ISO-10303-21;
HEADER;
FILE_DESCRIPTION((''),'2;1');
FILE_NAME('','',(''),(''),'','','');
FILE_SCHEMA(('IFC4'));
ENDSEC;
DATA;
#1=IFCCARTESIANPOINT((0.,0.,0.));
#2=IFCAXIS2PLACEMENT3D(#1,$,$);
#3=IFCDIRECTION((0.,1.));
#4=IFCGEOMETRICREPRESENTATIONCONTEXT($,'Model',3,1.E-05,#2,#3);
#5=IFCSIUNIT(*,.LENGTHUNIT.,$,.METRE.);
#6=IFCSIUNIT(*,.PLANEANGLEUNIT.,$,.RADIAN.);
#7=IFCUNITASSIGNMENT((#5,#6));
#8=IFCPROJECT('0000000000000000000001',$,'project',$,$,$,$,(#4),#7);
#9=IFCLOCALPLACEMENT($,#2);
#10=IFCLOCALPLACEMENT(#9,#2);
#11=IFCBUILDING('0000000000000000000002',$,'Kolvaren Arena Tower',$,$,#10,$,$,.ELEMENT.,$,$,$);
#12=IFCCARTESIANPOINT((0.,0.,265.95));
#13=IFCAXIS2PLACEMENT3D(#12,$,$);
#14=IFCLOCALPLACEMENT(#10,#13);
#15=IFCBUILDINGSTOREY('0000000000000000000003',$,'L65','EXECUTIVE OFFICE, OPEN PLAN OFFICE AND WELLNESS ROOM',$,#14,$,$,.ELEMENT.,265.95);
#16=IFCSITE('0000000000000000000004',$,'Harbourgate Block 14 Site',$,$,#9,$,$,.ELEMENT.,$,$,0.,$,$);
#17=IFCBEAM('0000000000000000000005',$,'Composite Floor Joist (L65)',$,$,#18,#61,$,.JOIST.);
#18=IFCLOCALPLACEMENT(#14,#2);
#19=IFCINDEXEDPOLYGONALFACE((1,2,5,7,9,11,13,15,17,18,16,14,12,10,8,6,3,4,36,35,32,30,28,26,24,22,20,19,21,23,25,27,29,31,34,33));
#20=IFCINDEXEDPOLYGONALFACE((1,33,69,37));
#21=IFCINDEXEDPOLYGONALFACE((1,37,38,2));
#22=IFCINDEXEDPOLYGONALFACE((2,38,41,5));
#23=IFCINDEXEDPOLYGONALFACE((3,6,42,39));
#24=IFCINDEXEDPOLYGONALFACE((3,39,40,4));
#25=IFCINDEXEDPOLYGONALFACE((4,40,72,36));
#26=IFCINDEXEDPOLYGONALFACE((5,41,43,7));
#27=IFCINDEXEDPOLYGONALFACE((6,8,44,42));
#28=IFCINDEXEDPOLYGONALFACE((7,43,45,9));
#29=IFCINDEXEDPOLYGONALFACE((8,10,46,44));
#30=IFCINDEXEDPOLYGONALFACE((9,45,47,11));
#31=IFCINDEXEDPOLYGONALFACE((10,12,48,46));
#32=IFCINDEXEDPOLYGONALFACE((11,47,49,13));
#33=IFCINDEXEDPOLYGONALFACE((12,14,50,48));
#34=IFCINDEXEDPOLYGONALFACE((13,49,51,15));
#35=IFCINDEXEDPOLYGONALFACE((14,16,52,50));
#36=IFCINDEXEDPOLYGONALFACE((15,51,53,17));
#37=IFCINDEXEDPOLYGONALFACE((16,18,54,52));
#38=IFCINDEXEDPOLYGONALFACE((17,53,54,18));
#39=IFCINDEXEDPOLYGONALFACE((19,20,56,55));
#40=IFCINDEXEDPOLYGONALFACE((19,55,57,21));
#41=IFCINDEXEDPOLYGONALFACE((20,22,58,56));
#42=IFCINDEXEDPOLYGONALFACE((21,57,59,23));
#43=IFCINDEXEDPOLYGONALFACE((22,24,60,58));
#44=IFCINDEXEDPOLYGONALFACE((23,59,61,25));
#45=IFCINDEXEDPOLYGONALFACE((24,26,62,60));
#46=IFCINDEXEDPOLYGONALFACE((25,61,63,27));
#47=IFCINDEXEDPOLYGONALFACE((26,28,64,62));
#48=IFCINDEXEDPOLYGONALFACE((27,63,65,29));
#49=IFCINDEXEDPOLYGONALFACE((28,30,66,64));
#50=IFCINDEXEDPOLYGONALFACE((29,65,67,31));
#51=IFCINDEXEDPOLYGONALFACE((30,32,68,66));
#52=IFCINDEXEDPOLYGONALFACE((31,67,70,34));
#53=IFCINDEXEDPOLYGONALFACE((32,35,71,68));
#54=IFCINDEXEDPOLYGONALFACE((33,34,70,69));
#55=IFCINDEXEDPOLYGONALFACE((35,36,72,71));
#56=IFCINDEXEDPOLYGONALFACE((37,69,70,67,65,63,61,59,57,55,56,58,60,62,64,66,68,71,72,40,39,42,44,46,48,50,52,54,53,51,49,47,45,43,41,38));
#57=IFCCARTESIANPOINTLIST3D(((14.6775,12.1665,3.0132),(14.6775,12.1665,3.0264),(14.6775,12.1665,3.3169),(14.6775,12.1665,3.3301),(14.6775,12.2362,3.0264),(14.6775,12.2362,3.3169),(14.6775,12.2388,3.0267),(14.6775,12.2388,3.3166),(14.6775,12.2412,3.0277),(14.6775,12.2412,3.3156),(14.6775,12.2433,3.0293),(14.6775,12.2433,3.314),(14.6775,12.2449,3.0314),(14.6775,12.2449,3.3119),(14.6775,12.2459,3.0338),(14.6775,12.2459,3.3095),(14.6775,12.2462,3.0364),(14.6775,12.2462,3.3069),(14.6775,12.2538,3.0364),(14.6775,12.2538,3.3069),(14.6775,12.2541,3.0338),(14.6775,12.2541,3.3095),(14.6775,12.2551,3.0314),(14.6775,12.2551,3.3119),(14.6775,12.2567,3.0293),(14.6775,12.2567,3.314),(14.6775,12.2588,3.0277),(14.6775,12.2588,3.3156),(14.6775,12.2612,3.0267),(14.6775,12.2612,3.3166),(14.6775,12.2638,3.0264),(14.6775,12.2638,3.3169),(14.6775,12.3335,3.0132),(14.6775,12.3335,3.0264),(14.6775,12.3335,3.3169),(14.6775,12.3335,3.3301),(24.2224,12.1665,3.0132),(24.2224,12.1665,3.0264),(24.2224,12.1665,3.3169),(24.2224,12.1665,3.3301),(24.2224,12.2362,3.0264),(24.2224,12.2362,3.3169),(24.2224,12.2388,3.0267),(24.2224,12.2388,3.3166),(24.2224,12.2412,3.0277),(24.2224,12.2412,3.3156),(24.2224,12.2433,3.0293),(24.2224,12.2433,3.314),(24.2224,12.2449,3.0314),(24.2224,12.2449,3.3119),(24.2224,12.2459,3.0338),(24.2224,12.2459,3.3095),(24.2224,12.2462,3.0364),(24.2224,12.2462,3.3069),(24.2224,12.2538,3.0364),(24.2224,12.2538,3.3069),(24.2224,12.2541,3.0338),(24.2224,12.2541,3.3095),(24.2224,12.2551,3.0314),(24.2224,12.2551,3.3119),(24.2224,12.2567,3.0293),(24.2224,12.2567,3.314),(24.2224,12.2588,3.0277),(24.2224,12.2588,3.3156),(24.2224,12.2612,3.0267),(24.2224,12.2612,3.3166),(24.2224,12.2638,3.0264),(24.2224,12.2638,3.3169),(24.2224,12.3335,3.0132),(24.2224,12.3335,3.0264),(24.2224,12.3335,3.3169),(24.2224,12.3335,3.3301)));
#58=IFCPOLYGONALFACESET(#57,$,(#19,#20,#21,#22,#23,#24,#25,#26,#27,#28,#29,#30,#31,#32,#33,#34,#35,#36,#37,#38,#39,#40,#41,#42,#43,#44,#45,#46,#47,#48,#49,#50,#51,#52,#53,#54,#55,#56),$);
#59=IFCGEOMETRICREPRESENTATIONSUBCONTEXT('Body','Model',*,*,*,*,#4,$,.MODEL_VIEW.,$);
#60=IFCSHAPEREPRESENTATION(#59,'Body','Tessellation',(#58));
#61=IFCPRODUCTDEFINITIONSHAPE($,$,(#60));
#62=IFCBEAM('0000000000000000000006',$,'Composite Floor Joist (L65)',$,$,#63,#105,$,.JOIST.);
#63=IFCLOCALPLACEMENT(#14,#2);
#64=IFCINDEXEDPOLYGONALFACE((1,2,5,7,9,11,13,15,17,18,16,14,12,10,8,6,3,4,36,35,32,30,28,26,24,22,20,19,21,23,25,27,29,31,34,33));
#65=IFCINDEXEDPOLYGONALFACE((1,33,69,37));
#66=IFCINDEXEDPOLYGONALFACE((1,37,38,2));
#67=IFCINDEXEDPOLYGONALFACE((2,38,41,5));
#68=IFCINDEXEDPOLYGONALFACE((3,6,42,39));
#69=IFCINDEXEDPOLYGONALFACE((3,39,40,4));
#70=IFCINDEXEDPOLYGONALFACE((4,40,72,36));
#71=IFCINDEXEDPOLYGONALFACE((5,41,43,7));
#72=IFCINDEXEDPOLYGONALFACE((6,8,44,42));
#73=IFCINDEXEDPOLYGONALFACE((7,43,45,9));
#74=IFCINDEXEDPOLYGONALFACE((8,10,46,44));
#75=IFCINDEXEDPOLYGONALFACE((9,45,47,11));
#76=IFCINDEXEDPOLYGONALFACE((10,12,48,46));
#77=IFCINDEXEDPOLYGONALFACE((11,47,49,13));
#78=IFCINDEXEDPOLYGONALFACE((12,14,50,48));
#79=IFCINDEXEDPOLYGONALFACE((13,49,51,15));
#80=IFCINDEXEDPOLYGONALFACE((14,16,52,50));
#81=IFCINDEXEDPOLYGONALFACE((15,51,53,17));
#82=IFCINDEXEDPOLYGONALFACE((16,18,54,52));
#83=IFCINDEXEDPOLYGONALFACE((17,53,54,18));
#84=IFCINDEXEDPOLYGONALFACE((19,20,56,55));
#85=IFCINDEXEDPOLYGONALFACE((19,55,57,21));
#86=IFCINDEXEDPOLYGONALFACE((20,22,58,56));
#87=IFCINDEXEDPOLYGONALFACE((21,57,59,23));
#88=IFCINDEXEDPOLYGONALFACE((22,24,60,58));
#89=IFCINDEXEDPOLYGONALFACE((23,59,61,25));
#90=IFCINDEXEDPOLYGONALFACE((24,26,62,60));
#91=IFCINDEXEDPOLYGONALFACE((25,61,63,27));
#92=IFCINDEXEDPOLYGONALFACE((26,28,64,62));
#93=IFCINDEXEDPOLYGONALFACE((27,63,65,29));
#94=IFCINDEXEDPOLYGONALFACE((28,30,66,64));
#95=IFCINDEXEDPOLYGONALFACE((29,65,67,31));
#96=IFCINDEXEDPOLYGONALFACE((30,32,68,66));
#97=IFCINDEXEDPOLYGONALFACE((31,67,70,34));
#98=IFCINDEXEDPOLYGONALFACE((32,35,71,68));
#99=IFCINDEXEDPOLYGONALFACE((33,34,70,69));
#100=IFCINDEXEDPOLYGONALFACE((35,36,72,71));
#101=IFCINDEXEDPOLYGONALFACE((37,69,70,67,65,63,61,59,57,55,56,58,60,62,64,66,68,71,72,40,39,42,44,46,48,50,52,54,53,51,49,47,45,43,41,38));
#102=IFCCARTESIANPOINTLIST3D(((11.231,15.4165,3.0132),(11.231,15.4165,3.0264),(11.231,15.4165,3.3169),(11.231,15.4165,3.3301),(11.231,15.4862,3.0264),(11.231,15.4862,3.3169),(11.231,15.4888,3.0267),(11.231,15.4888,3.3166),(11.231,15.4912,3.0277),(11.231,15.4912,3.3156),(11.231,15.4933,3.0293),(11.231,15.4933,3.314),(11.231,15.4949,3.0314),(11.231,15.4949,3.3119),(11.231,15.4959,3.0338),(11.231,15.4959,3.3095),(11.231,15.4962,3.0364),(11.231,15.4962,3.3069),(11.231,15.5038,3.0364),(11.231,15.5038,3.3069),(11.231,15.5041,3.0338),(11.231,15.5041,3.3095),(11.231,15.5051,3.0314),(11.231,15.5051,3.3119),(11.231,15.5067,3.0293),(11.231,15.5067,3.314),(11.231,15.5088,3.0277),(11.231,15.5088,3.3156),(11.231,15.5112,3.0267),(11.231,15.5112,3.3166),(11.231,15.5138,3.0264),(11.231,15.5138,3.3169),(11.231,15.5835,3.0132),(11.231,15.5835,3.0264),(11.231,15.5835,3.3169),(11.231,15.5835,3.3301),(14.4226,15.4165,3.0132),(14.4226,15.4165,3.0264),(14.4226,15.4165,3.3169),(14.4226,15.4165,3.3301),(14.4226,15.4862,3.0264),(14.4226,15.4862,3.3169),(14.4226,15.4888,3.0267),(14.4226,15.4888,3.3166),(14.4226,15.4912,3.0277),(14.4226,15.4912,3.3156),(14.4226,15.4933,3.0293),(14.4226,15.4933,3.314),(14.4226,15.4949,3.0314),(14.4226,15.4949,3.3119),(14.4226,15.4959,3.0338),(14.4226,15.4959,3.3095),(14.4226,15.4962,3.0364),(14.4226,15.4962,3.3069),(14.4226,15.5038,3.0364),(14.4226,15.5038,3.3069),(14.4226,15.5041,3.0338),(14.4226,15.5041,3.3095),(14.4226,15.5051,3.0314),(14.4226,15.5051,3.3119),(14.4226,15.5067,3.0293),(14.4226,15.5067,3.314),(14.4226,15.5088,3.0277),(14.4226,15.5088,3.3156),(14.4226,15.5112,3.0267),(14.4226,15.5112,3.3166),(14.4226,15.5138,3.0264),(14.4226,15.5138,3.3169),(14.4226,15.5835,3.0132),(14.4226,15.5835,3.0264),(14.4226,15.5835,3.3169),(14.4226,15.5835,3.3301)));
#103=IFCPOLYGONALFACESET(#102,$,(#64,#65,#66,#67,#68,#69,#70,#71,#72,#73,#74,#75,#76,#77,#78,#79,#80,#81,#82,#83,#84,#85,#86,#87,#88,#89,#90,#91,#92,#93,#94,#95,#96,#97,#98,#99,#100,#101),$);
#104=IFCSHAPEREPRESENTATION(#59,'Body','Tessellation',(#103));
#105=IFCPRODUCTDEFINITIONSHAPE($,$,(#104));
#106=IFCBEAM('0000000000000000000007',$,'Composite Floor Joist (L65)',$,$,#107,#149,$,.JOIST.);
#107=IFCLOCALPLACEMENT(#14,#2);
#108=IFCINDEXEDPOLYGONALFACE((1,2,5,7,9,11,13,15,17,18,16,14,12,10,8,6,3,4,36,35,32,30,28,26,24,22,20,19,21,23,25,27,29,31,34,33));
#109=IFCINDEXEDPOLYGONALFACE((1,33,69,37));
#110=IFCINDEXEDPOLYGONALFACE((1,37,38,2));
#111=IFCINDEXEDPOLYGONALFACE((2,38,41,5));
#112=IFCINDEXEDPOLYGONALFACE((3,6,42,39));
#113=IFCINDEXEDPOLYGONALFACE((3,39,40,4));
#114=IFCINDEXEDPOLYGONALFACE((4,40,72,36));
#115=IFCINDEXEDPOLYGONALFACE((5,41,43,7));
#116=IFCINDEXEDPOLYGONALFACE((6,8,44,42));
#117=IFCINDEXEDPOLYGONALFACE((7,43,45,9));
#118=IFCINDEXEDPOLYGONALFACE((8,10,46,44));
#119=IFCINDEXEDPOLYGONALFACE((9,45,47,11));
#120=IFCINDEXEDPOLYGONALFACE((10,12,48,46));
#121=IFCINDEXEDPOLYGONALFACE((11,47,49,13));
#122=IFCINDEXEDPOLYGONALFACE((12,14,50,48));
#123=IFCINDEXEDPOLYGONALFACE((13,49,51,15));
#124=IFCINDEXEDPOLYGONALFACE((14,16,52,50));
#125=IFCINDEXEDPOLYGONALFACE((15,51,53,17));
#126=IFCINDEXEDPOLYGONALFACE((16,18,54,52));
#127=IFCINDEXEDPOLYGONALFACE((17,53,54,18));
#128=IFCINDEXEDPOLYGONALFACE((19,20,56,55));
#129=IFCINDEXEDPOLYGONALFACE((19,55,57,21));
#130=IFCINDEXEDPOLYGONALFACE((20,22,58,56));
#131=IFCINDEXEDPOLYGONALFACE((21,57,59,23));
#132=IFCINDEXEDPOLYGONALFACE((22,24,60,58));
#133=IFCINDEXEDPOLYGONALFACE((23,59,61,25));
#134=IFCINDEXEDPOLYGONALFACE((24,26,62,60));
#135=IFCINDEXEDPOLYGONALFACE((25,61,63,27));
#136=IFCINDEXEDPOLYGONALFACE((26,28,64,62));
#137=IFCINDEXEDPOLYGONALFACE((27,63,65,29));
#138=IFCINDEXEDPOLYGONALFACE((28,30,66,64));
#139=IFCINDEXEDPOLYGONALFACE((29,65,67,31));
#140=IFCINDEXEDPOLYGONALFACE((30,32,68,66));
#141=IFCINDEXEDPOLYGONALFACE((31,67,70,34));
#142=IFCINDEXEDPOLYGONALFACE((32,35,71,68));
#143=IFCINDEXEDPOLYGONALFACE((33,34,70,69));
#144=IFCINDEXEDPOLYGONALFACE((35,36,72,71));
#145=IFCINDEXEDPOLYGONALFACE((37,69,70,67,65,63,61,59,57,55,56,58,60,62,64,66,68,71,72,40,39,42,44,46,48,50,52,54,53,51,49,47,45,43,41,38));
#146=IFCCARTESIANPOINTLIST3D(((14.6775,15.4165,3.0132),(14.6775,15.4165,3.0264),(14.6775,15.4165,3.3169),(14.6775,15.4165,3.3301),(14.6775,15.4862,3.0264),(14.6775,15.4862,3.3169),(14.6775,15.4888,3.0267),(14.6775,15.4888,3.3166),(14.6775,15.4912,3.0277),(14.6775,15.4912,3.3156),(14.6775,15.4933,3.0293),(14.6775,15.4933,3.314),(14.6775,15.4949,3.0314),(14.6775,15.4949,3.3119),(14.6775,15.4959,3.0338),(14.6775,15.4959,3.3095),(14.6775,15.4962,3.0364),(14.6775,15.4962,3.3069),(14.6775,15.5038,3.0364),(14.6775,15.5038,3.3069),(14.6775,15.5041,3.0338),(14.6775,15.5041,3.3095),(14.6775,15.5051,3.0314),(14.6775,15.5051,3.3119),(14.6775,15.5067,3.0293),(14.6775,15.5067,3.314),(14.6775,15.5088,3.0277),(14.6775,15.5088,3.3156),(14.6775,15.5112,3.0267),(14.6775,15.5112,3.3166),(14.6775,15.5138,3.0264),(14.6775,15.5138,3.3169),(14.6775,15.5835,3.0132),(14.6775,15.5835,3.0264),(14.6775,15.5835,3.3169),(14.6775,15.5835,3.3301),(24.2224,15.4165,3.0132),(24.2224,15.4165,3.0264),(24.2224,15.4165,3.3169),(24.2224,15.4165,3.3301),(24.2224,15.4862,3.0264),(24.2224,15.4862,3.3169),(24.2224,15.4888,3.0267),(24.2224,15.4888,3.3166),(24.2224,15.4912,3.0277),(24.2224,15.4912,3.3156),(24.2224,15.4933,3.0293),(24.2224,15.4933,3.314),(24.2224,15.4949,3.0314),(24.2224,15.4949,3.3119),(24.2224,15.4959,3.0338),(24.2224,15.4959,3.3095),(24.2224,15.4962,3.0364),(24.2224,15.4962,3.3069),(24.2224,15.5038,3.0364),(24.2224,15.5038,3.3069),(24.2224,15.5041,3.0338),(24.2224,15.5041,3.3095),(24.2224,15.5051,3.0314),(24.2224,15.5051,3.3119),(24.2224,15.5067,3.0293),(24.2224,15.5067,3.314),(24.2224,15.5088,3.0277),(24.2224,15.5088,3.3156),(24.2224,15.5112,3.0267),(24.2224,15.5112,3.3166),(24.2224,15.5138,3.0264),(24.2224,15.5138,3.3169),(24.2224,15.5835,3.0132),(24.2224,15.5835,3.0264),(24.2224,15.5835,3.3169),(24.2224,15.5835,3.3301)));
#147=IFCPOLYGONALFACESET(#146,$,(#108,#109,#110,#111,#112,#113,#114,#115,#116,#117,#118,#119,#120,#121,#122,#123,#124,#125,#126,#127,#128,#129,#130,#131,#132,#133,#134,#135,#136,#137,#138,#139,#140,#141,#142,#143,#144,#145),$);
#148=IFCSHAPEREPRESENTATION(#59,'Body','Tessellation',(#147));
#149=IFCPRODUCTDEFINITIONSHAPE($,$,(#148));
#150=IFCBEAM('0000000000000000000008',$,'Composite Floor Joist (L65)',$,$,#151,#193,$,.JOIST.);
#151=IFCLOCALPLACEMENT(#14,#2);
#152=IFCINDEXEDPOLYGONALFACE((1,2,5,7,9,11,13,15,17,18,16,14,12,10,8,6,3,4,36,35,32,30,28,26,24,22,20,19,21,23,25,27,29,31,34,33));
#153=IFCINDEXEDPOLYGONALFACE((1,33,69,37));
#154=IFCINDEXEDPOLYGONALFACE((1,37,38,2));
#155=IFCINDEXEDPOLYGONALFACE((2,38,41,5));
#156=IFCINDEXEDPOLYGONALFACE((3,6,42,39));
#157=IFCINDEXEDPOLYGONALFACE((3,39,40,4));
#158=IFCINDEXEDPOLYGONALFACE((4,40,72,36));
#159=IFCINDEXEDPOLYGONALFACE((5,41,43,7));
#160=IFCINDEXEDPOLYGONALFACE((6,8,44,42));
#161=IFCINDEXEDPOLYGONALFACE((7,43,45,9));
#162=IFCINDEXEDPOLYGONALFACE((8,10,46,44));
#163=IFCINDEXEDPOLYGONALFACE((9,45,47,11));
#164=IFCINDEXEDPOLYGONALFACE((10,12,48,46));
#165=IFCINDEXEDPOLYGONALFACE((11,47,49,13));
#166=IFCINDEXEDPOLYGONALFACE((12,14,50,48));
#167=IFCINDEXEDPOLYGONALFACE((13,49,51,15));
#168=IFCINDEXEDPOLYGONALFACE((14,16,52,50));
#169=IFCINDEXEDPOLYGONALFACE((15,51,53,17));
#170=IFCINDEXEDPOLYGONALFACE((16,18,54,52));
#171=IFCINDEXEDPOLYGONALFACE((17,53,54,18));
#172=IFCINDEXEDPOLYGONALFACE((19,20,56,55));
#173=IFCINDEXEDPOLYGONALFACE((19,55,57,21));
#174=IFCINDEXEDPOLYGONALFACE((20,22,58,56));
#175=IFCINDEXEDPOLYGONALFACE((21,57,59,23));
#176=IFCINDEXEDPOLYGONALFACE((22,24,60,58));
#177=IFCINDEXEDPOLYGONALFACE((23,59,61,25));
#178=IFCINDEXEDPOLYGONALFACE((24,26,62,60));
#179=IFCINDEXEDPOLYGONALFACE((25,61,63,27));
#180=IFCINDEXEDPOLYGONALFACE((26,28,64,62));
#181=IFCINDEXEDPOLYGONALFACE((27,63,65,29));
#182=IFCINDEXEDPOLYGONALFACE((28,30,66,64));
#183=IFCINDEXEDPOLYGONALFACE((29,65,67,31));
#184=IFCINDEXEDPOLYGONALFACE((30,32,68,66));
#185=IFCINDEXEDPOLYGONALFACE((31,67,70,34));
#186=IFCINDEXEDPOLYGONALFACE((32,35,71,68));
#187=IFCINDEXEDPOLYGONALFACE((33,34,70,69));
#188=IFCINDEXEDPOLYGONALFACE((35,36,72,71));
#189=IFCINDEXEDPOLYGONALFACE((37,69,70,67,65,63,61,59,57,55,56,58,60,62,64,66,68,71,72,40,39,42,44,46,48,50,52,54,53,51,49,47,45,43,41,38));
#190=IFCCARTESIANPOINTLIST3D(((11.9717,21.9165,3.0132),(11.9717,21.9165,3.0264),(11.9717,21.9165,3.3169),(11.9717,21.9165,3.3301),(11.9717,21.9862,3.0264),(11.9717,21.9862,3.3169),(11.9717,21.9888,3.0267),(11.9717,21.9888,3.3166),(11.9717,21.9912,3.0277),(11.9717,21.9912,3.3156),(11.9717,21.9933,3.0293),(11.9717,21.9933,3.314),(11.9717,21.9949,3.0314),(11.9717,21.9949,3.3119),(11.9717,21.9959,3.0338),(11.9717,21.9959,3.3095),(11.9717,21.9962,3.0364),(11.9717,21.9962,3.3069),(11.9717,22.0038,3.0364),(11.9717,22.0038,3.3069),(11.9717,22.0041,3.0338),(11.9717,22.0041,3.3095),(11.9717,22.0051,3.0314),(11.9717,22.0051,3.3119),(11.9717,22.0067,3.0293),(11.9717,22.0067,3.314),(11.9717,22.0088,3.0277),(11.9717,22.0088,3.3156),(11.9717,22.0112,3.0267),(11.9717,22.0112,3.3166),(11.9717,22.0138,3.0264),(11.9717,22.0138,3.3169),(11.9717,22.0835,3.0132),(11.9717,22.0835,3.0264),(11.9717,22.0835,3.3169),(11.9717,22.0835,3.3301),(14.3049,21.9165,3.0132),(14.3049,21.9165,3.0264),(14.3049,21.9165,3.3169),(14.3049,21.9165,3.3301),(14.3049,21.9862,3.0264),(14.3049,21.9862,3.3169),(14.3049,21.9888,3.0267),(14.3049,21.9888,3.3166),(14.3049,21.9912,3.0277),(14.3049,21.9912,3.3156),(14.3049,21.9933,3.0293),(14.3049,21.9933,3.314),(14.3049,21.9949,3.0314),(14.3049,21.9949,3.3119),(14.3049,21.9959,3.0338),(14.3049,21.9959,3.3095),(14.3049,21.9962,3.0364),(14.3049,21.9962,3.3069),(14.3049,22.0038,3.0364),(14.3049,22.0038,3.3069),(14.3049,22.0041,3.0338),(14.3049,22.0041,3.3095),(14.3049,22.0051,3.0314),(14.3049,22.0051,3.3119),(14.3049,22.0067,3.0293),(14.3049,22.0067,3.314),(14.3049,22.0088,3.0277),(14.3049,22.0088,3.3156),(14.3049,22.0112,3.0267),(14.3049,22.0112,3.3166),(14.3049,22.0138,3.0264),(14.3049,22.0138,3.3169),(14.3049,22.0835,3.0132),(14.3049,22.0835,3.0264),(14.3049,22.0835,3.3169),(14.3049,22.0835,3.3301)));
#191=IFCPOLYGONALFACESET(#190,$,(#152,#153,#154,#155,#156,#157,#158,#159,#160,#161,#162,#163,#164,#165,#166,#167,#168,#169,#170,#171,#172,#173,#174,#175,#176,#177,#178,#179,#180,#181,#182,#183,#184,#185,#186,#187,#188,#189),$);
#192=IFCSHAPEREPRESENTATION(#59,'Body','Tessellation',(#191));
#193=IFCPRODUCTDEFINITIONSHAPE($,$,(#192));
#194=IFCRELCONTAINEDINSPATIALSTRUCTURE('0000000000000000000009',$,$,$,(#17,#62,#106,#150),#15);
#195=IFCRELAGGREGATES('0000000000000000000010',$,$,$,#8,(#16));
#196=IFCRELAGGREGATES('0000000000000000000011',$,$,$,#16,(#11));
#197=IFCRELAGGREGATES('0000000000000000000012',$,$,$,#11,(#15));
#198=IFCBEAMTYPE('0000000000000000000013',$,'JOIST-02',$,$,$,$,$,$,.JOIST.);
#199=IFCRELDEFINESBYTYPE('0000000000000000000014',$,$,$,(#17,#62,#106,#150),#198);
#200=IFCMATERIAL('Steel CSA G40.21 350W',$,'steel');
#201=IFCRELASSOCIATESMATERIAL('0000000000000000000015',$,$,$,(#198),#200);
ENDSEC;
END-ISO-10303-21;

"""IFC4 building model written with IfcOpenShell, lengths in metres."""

from ifc_helpers import new_model, si_unit, direction, frame, origin, origin_2d, place, context, subcontext, project, spatial, i_section, extrude, material, material_profile, profile_set, type_object, element, save


model = new_model("IFC4")

# Units and contexts
model_context = context("Model", 3, precision=1e-05, world=origin(), true_north=direction((0.0, 1.0)))
body_context = subcontext(model_context, "Body", "Model", "MODEL_VIEW")
ifc_project = project(units=[si_unit("LENGTHUNIT", "METRE"), si_unit("PLANEANGLEUNIT", "RADIAN")], contexts=[model_context])

# Site, building, storey
site_placement = place(None, origin())
site = spatial("IfcSite", under=ifc_project, at=site_placement, Name="Harbourgate Block 14 Site", CompositionType="ELEMENT", RefElevation=0.0)
building_placement = place(site_placement, origin())
building = spatial("IfcBuilding", under=site, at=building_placement, Name="Kolvaren Arena Tower", CompositionType="ELEMENT")
storey_placement = place(building_placement, frame((0.0, 0.0, 265.95)))
storey = spatial("IfcBuildingStorey", under=building, at=storey_placement, Name="L65", Description="EXECUTIVE OFFICE, OPEN PLAN OFFICE AND WELLNESS ROOM", CompositionType="ELEMENT", Elevation=265.95)

# Beams
ifc_material_1 = material(Name="Steel CSA G40.21 350W", Category="steel")
ifc_material_profile_1 = material_profile(ifc_material_1, i_section(OverallWidth=0.167, OverallDepth=0.3169, WebThickness=0.0076, FlangeThickness=0.0132, FilletRadius=0.01, at=origin_2d()), Name="W310x52")
ifc_profile_set_1 = profile_set([ifc_material_profile_1], Name="Steel CSA G40.21 350W")
beam_type_1 = type_object("IfcBeamType", Name="JOIST-02", PredefinedType="JOIST", material=ifc_profile_set_1)
beam_1_placement = place(storey_placement, frame((14.6775, 12.25, 3.1716), z_axis=(1.0, 0.0, 0.0), x_axis=(0.0, 1.0, 0.0)))
element("IfcBeam", 1, at=beam_1_placement, inside=storey, type_object=beam_type_1, Name="Composite Floor Joist (L65)", PredefinedType="JOIST", context=body_context, shape_type="SweptSolid", body=[
    extrude(i_section(OverallWidth=0.167, OverallDepth=0.3169, WebThickness=0.0076, FlangeThickness=0.0132, FilletRadius=0.01, at=origin_2d()), origin(), (0.0, 0.0, 1.0), 9.5449),
])
beam_2_placement = place(storey_placement, frame((11.231, 15.5, 3.1716), z_axis=(1.0, 0.0, 0.0), x_axis=(0.0, 1.0, 0.0)))
element("IfcBeam", 2, at=beam_2_placement, inside=storey, type_object=beam_type_1, Name="Composite Floor Joist (L65)", PredefinedType="JOIST", context=body_context, shape_type="SweptSolid", body=[
    extrude(i_section(OverallWidth=0.167, OverallDepth=0.3169, WebThickness=0.0076, FlangeThickness=0.0132, FilletRadius=0.01, at=origin_2d()), origin(), (0.0, 0.0, 1.0), 3.1917),
])
beam_3_placement = place(storey_placement, frame((14.6775, 15.5, 3.1716), z_axis=(1.0, 0.0, 0.0), x_axis=(0.0, 1.0, 0.0)))
element("IfcBeam", 3, at=beam_3_placement, inside=storey, type_object=beam_type_1, Name="Composite Floor Joist (L65)", PredefinedType="JOIST", context=body_context, shape_type="SweptSolid", body=[
    extrude(i_section(OverallWidth=0.167, OverallDepth=0.3169, WebThickness=0.0076, FlangeThickness=0.0132, FilletRadius=0.01, at=origin_2d()), origin(), (0.0, 0.0, 1.0), 9.5449),
])
beam_4_placement = place(storey_placement, frame((11.9717, 22.0, 3.1716), z_axis=(1.0, 0.0, 0.0), x_axis=(0.0, 1.0, 0.0)))
element("IfcBeam", 4, at=beam_4_placement, inside=storey, type_object=beam_type_1, Name="Composite Floor Joist (L65)", PredefinedType="JOIST", context=body_context, shape_type="SweptSolid", body=[
    extrude(i_section(OverallWidth=0.167, OverallDepth=0.3169, WebThickness=0.0076, FlangeThickness=0.0132, FilletRadius=0.01, at=origin_2d()), origin(), (0.0, 0.0, 1.0), 2.3333),
])

save(model, "model.ifc")
